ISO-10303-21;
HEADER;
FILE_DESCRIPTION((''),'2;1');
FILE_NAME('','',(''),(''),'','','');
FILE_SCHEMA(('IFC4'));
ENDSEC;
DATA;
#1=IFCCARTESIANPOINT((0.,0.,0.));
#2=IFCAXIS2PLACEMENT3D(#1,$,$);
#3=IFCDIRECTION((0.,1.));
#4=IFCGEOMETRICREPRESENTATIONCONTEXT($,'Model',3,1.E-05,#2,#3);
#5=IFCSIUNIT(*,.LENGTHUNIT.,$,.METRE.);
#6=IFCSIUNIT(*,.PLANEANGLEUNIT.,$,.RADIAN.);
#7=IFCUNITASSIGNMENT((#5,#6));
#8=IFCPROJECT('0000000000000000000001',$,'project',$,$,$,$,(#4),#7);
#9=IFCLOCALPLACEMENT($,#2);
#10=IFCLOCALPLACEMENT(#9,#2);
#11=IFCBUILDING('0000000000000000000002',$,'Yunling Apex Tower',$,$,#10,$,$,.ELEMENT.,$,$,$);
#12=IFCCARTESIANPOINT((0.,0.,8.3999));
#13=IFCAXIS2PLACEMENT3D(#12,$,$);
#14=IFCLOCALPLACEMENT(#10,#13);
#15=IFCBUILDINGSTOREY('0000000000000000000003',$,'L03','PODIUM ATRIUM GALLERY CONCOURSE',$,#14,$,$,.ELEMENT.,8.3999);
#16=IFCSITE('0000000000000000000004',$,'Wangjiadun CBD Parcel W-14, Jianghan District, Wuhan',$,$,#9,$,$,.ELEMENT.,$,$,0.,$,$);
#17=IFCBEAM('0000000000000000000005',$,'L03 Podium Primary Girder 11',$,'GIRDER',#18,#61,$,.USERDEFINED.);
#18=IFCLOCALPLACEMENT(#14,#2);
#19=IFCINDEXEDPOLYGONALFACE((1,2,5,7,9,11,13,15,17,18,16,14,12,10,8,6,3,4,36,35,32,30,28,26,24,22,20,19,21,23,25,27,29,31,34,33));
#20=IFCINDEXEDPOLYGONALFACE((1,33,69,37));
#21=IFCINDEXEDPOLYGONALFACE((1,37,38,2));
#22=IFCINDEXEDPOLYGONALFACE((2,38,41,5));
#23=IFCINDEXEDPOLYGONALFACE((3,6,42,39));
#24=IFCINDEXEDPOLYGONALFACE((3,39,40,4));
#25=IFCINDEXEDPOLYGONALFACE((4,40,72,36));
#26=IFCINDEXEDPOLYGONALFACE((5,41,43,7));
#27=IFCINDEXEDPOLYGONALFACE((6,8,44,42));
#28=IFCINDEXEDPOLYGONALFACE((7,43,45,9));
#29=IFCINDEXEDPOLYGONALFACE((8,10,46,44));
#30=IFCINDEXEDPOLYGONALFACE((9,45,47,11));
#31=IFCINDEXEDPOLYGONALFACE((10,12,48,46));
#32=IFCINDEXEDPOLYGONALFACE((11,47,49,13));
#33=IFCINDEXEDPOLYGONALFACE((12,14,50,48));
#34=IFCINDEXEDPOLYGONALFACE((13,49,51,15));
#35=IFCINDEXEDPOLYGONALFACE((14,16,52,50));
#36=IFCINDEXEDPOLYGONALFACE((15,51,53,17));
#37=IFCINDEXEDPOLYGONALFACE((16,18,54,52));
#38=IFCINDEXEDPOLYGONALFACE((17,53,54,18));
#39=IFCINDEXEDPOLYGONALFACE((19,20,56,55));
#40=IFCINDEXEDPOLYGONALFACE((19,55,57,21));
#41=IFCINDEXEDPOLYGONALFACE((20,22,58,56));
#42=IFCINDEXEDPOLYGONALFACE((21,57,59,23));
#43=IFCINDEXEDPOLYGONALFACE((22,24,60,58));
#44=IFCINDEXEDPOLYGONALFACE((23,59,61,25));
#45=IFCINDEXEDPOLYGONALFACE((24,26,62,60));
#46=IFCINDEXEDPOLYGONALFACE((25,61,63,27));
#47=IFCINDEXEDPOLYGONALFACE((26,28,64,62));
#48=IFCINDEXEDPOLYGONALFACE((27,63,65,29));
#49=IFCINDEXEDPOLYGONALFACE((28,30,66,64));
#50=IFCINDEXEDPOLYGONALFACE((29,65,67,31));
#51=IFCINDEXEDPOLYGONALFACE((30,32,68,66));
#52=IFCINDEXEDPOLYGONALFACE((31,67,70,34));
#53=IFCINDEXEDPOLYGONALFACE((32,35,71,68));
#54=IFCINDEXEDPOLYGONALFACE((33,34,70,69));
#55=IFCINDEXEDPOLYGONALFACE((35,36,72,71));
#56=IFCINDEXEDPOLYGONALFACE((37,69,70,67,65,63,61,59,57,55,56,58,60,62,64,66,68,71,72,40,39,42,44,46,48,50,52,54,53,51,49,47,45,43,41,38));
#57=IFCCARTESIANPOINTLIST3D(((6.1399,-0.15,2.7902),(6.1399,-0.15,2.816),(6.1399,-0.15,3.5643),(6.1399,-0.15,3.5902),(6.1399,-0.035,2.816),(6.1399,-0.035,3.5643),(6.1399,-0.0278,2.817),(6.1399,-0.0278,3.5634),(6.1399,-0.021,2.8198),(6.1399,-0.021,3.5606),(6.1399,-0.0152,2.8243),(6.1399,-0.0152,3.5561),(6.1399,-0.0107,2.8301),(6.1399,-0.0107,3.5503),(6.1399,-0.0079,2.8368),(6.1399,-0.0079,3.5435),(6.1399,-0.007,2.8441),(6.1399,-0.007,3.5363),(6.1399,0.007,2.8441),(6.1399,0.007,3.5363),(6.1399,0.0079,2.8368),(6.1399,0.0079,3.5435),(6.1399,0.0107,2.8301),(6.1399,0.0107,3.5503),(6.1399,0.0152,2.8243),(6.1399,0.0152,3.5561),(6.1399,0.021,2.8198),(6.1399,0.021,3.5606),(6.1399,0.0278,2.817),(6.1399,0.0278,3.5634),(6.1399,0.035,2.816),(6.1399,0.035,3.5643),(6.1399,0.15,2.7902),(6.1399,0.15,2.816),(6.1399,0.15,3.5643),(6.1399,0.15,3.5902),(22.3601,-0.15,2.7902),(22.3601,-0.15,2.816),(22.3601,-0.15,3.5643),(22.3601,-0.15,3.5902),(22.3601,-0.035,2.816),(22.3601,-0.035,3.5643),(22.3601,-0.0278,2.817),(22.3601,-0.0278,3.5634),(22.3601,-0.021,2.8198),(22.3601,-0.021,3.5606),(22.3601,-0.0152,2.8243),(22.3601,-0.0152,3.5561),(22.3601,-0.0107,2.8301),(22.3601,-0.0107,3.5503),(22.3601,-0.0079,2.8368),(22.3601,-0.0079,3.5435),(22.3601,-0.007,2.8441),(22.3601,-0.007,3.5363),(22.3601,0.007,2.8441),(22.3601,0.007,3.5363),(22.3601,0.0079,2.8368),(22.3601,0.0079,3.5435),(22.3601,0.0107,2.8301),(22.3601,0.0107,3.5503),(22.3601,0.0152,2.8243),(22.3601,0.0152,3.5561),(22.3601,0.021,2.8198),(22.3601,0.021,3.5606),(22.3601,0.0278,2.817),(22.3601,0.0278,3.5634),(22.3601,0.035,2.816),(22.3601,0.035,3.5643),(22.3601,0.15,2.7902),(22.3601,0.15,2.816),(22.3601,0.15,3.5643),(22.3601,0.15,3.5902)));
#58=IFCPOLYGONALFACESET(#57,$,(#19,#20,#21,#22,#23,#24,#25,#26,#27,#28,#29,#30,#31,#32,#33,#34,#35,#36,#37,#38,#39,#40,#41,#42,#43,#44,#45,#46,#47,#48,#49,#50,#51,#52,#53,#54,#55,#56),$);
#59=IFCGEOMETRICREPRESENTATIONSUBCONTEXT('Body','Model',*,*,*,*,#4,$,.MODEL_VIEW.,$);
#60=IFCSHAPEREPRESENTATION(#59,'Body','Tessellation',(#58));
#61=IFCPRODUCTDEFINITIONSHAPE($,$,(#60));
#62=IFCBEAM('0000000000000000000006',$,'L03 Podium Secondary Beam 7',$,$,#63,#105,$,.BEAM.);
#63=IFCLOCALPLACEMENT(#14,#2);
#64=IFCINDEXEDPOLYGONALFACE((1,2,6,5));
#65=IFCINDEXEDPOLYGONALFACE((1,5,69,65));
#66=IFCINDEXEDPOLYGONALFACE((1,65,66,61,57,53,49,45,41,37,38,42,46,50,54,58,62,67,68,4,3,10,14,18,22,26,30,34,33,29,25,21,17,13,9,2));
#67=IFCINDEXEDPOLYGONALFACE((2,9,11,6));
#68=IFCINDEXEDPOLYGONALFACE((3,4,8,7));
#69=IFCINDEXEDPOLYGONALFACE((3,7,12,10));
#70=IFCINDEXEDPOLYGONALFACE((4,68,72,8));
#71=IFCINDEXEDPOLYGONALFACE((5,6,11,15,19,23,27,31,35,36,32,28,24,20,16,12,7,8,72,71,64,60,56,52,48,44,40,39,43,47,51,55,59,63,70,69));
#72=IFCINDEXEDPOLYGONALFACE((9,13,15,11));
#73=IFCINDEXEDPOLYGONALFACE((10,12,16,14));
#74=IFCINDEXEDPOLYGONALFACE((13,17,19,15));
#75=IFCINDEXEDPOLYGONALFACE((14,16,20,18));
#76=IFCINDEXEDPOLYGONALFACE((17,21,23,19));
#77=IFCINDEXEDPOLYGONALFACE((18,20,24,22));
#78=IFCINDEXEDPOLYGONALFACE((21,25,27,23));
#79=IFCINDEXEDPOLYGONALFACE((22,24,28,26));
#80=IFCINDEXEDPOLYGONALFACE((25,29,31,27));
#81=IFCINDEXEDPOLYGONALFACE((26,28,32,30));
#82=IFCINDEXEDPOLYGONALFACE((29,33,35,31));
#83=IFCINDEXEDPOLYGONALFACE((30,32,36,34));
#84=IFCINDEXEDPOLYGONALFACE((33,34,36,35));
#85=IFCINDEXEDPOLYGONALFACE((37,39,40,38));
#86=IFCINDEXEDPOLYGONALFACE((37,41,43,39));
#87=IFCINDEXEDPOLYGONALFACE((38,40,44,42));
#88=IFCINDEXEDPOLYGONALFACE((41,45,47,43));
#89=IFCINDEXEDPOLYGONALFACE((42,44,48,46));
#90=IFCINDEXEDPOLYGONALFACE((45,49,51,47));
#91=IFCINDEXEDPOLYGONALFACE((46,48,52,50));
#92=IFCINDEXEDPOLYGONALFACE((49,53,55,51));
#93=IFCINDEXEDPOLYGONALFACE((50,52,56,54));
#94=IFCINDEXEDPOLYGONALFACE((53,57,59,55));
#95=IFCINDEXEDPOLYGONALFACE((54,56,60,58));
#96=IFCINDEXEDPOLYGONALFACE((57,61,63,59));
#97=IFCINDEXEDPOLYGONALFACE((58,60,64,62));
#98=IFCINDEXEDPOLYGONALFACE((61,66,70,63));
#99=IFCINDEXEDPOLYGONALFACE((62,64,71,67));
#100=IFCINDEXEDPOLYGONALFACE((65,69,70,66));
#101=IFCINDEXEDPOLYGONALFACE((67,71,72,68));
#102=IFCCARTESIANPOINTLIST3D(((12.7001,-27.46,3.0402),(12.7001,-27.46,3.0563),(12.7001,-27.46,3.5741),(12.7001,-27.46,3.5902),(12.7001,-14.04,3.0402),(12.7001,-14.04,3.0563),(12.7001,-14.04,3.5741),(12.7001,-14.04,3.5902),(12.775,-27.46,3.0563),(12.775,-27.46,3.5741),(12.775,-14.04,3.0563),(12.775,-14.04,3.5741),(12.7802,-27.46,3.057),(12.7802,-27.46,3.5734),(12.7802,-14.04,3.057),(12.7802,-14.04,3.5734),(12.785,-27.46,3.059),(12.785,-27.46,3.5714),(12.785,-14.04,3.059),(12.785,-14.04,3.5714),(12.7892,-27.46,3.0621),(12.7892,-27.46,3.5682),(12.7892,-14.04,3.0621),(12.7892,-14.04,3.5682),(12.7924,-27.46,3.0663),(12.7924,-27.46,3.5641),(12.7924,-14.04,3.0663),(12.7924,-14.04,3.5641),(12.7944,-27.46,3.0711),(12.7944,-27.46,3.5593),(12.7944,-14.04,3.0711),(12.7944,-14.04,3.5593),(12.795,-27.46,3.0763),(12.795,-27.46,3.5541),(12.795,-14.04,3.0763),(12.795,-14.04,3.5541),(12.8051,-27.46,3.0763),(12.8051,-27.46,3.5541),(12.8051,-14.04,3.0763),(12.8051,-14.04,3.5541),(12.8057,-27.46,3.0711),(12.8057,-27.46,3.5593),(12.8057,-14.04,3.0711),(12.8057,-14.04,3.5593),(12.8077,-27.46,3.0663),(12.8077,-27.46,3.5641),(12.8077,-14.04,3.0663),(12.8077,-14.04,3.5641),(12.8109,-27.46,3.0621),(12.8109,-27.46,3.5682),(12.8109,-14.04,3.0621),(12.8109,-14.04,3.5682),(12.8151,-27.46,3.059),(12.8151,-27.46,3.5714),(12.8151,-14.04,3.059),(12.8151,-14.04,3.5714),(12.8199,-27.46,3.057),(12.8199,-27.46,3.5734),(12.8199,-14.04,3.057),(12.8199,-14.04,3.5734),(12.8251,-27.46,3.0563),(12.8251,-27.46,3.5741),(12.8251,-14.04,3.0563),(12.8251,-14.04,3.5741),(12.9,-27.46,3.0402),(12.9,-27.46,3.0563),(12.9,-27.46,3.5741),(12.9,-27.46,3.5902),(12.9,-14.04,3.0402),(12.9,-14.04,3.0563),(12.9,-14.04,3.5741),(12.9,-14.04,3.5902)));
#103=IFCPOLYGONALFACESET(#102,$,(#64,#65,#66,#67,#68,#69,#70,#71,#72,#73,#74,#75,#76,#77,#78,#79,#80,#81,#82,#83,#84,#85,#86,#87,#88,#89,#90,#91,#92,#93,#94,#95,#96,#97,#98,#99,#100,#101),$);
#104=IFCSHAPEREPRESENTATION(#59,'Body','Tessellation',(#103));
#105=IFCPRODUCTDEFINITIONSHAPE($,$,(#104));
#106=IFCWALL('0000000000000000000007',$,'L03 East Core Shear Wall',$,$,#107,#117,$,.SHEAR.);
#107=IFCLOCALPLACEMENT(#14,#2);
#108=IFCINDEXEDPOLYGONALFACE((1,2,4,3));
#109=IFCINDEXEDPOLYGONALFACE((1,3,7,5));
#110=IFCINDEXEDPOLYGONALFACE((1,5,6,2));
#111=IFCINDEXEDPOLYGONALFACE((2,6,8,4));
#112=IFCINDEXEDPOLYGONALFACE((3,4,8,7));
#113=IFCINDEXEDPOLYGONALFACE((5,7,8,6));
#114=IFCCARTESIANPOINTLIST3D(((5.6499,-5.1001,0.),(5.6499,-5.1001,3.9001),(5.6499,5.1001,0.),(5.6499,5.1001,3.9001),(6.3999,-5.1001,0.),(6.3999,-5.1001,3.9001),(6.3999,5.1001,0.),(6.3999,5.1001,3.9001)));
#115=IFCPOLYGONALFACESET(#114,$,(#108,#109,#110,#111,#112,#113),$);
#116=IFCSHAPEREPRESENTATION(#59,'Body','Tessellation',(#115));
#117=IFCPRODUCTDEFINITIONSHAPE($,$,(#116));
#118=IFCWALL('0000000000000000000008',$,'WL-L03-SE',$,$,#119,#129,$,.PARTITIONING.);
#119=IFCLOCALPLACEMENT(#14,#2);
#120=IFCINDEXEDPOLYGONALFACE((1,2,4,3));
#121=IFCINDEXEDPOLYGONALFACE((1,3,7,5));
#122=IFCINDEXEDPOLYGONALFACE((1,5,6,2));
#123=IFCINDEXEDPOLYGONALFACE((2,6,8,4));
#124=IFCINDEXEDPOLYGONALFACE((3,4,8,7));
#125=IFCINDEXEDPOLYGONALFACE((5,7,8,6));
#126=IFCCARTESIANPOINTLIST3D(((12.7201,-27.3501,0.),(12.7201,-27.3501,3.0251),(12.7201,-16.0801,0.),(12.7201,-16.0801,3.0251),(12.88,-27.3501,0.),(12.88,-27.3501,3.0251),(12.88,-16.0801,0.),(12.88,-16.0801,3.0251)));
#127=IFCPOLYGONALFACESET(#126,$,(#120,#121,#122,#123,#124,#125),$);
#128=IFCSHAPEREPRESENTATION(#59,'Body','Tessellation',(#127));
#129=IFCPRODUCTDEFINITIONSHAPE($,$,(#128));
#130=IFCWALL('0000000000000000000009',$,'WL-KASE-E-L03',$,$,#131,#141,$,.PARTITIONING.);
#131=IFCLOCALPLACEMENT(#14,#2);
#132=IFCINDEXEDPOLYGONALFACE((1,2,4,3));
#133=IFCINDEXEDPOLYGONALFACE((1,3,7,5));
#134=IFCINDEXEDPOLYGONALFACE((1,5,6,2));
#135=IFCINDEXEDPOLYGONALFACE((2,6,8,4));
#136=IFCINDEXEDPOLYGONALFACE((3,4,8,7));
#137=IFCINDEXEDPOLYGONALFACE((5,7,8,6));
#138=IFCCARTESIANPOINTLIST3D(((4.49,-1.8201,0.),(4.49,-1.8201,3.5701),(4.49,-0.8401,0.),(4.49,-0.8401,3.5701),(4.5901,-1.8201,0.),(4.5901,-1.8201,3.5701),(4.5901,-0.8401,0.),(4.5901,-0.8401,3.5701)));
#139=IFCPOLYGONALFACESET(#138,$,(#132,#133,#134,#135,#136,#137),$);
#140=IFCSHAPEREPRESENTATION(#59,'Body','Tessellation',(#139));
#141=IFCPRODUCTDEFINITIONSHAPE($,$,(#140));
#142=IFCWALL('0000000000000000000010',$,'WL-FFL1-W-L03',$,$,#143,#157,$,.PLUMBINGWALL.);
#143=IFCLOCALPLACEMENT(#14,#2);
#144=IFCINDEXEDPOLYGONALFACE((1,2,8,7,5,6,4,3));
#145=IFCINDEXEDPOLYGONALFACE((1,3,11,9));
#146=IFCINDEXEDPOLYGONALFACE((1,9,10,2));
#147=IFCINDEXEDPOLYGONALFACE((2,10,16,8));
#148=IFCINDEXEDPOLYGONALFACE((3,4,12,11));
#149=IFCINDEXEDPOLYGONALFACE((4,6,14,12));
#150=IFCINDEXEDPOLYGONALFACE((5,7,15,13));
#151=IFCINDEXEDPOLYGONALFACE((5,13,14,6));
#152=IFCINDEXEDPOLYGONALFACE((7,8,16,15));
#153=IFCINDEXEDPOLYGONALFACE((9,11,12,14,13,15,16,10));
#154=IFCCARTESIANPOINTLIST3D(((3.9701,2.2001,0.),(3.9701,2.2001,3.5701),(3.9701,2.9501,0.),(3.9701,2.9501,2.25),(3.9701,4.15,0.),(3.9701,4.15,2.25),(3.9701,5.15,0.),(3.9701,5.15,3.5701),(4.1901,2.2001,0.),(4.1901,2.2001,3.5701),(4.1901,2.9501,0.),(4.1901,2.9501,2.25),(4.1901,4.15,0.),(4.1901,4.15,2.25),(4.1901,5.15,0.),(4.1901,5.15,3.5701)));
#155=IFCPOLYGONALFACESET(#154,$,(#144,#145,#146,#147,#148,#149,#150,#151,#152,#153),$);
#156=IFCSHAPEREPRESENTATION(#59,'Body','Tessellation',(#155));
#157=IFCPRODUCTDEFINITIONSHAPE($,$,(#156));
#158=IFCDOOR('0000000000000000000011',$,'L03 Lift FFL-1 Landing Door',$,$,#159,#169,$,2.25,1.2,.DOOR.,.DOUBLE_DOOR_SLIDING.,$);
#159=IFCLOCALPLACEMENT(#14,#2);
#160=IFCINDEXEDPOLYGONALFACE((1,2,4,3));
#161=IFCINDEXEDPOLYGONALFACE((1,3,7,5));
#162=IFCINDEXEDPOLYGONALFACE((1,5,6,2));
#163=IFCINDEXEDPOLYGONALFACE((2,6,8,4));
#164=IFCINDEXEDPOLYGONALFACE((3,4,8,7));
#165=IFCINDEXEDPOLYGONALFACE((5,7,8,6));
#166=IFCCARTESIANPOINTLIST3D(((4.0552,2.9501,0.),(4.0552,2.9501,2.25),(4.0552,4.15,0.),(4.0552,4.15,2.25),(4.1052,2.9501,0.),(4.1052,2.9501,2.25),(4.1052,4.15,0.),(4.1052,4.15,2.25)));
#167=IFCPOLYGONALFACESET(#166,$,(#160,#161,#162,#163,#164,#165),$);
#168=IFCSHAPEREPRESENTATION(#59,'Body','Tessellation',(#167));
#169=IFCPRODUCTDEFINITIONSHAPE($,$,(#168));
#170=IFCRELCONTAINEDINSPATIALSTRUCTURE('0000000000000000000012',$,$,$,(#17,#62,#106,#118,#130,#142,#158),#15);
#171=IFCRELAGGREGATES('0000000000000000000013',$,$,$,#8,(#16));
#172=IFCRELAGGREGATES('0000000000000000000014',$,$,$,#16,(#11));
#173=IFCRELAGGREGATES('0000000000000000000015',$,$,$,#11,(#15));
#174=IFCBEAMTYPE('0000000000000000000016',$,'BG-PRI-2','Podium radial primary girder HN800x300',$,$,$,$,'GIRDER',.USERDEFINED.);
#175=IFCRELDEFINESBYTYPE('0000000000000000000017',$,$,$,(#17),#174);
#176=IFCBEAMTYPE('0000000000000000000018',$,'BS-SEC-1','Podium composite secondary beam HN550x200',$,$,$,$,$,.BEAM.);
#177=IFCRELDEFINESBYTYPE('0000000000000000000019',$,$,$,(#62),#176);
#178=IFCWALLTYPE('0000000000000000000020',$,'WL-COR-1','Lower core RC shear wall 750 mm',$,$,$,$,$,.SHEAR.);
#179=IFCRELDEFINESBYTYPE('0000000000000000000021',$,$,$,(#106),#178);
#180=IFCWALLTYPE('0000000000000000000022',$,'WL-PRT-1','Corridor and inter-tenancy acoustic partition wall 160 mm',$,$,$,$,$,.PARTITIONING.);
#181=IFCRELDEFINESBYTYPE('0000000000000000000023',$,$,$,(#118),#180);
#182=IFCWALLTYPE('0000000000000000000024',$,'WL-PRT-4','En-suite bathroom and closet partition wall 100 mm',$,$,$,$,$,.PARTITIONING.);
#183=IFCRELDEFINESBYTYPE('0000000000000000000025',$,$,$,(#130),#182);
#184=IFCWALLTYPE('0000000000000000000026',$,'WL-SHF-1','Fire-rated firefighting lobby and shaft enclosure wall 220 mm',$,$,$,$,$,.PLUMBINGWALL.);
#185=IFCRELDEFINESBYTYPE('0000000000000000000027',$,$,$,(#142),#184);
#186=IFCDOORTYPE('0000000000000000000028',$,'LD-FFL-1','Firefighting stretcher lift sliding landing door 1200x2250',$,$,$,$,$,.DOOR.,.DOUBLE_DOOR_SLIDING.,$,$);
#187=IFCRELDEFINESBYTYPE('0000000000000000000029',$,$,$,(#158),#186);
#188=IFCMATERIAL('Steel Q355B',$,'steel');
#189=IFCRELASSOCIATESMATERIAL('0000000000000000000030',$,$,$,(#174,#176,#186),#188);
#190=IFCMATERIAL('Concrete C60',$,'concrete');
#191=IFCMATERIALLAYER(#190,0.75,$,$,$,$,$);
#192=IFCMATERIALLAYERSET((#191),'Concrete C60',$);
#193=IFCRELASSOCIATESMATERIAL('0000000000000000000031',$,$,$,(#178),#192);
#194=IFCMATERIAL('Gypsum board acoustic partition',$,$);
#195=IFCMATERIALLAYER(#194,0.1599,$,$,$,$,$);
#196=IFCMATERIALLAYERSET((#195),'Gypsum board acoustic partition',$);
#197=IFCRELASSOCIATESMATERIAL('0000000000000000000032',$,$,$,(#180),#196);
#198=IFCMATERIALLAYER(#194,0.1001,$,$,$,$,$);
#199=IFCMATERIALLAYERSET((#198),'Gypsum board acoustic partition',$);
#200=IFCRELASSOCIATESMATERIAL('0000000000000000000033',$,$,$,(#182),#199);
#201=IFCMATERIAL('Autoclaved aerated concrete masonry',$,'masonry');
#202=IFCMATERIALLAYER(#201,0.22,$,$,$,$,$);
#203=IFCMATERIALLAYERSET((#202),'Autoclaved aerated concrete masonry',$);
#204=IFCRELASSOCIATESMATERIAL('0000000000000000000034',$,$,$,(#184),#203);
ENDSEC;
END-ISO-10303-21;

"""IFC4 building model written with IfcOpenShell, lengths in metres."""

from ifc_helpers import new_model, si_unit, direction, frame, frame_2d, origin, origin_2d, place, context, subcontext, project, spatial, rectangle, i_section, extrude, source, transform, mapped, material, layer, layer_set, material_profile, profile_set, type_object, element, fill, save


model = new_model("IFC4")

# Units and contexts
model_context = context("Model", 3, precision=1e-05, world=origin(), true_north=direction((0.0, 1.0)))
body_context = subcontext(model_context, "Body", "Model", "MODEL_VIEW")
ifc_project = project(units=[si_unit("LENGTHUNIT", "METRE"), si_unit("PLANEANGLEUNIT", "RADIAN")], contexts=[model_context])

# Site, building, storey
site_placement = place(None, origin())
site = spatial("IfcSite", under=ifc_project, at=site_placement, Name="Wangjiadun CBD Parcel W-14, Jianghan District, Wuhan", CompositionType="ELEMENT", RefElevation=0.0)
building_placement = place(site_placement, origin())
building = spatial("IfcBuilding", under=site, at=building_placement, Name="Yunling Apex Tower", CompositionType="ELEMENT")
storey_placement = place(building_placement, frame((0.0, 0.0, 8.3999)))
storey = spatial("IfcBuildingStorey", under=building, at=storey_placement, Name="L03", Description="PODIUM ATRIUM GALLERY CONCOURSE", CompositionType="ELEMENT", Elevation=8.3999)

# Shared definitions
ifc_material_1 = material(Name="Concrete C60", Category="concrete")

# Beams
ifc_material_2 = material(Name="Steel Q355B", Category="steel")
ifc_material_profile_1 = material_profile(ifc_material_2, i_section(OverallWidth=0.3, OverallDepth=0.8, WebThickness=0.0139, FlangeThickness=0.0259, FilletRadius=0.0281, at=origin_2d()))
ifc_profile_set_1 = profile_set([ifc_material_profile_1], Name="Steel Q355B")
beam_type_1 = type_object("IfcBeamType", Name="BG-PRI-2", Description="Podium radial primary girder HN800x300", ElementType="GIRDER", PredefinedType="USERDEFINED", material=ifc_profile_set_1)
shared_shape_1 = source(origin(), body_context, "Body", "SweptSolid", [
    extrude(i_section(OverallWidth=0.3, OverallDepth=0.8, WebThickness=0.0139, FlangeThickness=0.0259, FilletRadius=0.0281, at=origin_2d()), origin(), (0.0, 0.0, 1.0), 16.2202),
])
beam_1_placement = place(storey_placement, frame((6.1399, 0.0, 3.1902), z_axis=(1.0, 0.0, 0.0), x_axis=(0.0, 1.0, 0.0)))
element("IfcBeam", 1, at=beam_1_placement, inside=storey, type_object=beam_type_1, Name="L03 Podium Primary Girder 11", ObjectType="GIRDER", PredefinedType="USERDEFINED", context=body_context, shape_type="MappedRepresentation", body=[
    mapped(shared_shape_1, transform((0.0, 0.0, 0.0), scale=1.0)),
])
ifc_material_profile_2 = material_profile(ifc_material_2, i_section(OverallWidth=0.2, OverallDepth=0.55, WebThickness=0.01, FlangeThickness=0.0161, FilletRadius=0.02, at=origin_2d()))
ifc_profile_set_2 = profile_set([ifc_material_profile_2], Name="Steel Q355B")
beam_type_2 = type_object("IfcBeamType", Name="BS-SEC-1", Description="Podium composite secondary beam HN550x200", PredefinedType="BEAM", material=ifc_profile_set_2)
shared_shape_2 = source(origin(), body_context, "Body", "SweptSolid", [
    extrude(i_section(OverallWidth=0.2, OverallDepth=0.55, WebThickness=0.01, FlangeThickness=0.0161, FilletRadius=0.02, at=origin_2d()), origin(), (0.0, 0.0, 1.0), 13.4199),
])
beam_2_placement = place(storey_placement, frame((12.8, -27.46, 3.3152), z_axis=(0.0, 1.0, 0.0), x_axis=(-1.0, 0.0, 0.0)))
element("IfcBeam", 2, at=beam_2_placement, inside=storey, type_object=beam_type_2, Name="L03 Podium Secondary Beam 7", PredefinedType="BEAM", context=body_context, shape_type="MappedRepresentation", body=[
    mapped(shared_shape_2, transform((0.0, 0.0, 0.0), scale=1.0)),
])

# Walls
ifc_layer_1 = layer(ifc_material_1, 0.75)
ifc_layer_set_1 = layer_set([ifc_layer_1], Name="Concrete C60")
wall_type_1 = type_object("IfcWallType", Name="WL-COR-1", Description="Lower core RC shear wall 750 mm", PredefinedType="SHEAR", material=ifc_layer_set_1)
wall_1_placement = place(storey_placement, frame((6.0249, -5.1001, 0.0), z_axis=(0.0, 0.0, 1.0), x_axis=(0.0, 1.0, 0.0)))
element("IfcWall", 3, at=wall_1_placement, inside=storey, type_object=wall_type_1, Name="L03 East Core Shear Wall", PredefinedType="SHEAR", context=body_context, shape_type="SweptSolid", body=[
    extrude(rectangle(XDim=10.2002, YDim=0.75, at=frame_2d((5.1001, 0.0))), origin(), (0.0, 0.0, 1.0), 3.9001),
])
ifc_material_3 = material(Name="Gypsum board acoustic partition")
ifc_layer_2 = layer(ifc_material_3, 0.1599)
ifc_layer_set_2 = layer_set([ifc_layer_2], Name="Gypsum board acoustic partition")
wall_type_2 = type_object("IfcWallType", Name="WL-PRT-1", Description="Corridor and inter-tenancy acoustic partition wall 160 mm", PredefinedType="PARTITIONING", material=ifc_layer_set_2)
wall_2_placement = place(storey_placement, frame((12.8, -27.3501, 0.0), z_axis=(0.0, 0.0, 1.0), x_axis=(0.0, 1.0, 0.0)))
element("IfcWall", 4, at=wall_2_placement, inside=storey, type_object=wall_type_2, Name="WL-L03-SE", PredefinedType="PARTITIONING", context=body_context, shape_type="SweptSolid", body=[
    extrude(rectangle(XDim=11.27, YDim=0.1599, at=frame_2d((5.635, 0.0))), origin(), (0.0, 0.0, 1.0), 3.0251),
])
ifc_layer_3 = layer(ifc_material_3, 0.1001)
ifc_layer_set_3 = layer_set([ifc_layer_3], Name="Gypsum board acoustic partition")
wall_type_3 = type_object("IfcWallType", Name="WL-PRT-4", Description="En-suite bathroom and closet partition wall 100 mm", PredefinedType="PARTITIONING", material=ifc_layer_set_3)
wall_3_placement = place(storey_placement, frame((4.54, -1.8201, 0.0), z_axis=(0.0, 0.0, 1.0), x_axis=(0.0, 1.0, 0.0)))
element("IfcWall", 5, at=wall_3_placement, inside=storey, type_object=wall_type_3, Name="WL-KASE-E-L03", PredefinedType="PARTITIONING", context=body_context, shape_type="SweptSolid", body=[
    extrude(rectangle(XDim=0.98, YDim=0.1001, at=frame_2d((0.49, 0.0))), origin(), (0.0, 0.0, 1.0), 3.5701),
])

# Wall, opening, door
ifc_material_4 = material(Name="Autoclaved aerated concrete masonry", Category="masonry")
ifc_layer_4 = layer(ifc_material_4, 0.22)
ifc_layer_set_4 = layer_set([ifc_layer_4], Name="Autoclaved aerated concrete masonry")
wall_type_4 = type_object("IfcWallType", Name="WL-SHF-1", Description="Fire-rated firefighting lobby and shaft enclosure wall 220 mm", PredefinedType="PLUMBINGWALL", material=ifc_layer_set_4)
wall_4_placement = place(storey_placement, frame((4.0801, 2.2, 0.0), z_axis=(0.0, 0.0, 1.0), x_axis=(0.0, 1.0, 0.0)))
wall_4 = element("IfcWall", 6, at=wall_4_placement, inside=storey, type_object=wall_type_4, Name="WL-FFL1-W-L03", PredefinedType="PLUMBINGWALL", context=body_context, shape_type="SweptSolid", body=[
    extrude(rectangle(XDim=2.95, YDim=0.22, at=frame_2d((1.4751, 0.0))), origin(), (0.0, 0.0, 1.0), 3.5701),
])
opening_1_placement = place(wall_4_placement, frame((0.75, 0.0, 0.0)))
opening_1 = element("IfcOpeningElement", 7, at=opening_1_placement, cuts=wall_4, PredefinedType="OPENING", context=body_context, shape_type="SweptSolid", body=[
    extrude(rectangle(XDim=1.2, YDim=2.25, at=frame_2d((0.6001, 1.125))), frame((0.0, 0.1201, 0.0), z_axis=(0.0, -1.0, 0.0), x_axis=(1.0, 0.0, 0.0)), (0.0, 0.0, 1.0), 0.24),
])
door_type = type_object("IfcDoorType", Name="LD-FFL-1", Description="Firefighting stretcher lift sliding landing door 1200x2250", OperationType="DOUBLE_DOOR_SLIDING", PredefinedType="DOOR", material=ifc_material_2)
door_1_placement = place(opening_1_placement, origin())
door_1 = element("IfcDoor", 8, at=door_1_placement, inside=storey, type_object=door_type, Name="L03 Lift FFL-1 Landing Door", OperationType="DOUBLE_DOOR_SLIDING", OverallHeight=2.25, OverallWidth=1.2, PredefinedType="DOOR", context=body_context, shape_type="SweptSolid", body=[
    extrude(rectangle(XDim=1.2, YDim=2.25, at=frame_2d((0.6001, 1.125))), frame((0.0, 0.0249, 0.0), z_axis=(0.0, -1.0, 0.0), x_axis=(1.0, 0.0, 0.0)), (0.0, 0.0, 1.0), 0.05),
])
fill(opening_1, door_1)

save(model, "model.ifc")
